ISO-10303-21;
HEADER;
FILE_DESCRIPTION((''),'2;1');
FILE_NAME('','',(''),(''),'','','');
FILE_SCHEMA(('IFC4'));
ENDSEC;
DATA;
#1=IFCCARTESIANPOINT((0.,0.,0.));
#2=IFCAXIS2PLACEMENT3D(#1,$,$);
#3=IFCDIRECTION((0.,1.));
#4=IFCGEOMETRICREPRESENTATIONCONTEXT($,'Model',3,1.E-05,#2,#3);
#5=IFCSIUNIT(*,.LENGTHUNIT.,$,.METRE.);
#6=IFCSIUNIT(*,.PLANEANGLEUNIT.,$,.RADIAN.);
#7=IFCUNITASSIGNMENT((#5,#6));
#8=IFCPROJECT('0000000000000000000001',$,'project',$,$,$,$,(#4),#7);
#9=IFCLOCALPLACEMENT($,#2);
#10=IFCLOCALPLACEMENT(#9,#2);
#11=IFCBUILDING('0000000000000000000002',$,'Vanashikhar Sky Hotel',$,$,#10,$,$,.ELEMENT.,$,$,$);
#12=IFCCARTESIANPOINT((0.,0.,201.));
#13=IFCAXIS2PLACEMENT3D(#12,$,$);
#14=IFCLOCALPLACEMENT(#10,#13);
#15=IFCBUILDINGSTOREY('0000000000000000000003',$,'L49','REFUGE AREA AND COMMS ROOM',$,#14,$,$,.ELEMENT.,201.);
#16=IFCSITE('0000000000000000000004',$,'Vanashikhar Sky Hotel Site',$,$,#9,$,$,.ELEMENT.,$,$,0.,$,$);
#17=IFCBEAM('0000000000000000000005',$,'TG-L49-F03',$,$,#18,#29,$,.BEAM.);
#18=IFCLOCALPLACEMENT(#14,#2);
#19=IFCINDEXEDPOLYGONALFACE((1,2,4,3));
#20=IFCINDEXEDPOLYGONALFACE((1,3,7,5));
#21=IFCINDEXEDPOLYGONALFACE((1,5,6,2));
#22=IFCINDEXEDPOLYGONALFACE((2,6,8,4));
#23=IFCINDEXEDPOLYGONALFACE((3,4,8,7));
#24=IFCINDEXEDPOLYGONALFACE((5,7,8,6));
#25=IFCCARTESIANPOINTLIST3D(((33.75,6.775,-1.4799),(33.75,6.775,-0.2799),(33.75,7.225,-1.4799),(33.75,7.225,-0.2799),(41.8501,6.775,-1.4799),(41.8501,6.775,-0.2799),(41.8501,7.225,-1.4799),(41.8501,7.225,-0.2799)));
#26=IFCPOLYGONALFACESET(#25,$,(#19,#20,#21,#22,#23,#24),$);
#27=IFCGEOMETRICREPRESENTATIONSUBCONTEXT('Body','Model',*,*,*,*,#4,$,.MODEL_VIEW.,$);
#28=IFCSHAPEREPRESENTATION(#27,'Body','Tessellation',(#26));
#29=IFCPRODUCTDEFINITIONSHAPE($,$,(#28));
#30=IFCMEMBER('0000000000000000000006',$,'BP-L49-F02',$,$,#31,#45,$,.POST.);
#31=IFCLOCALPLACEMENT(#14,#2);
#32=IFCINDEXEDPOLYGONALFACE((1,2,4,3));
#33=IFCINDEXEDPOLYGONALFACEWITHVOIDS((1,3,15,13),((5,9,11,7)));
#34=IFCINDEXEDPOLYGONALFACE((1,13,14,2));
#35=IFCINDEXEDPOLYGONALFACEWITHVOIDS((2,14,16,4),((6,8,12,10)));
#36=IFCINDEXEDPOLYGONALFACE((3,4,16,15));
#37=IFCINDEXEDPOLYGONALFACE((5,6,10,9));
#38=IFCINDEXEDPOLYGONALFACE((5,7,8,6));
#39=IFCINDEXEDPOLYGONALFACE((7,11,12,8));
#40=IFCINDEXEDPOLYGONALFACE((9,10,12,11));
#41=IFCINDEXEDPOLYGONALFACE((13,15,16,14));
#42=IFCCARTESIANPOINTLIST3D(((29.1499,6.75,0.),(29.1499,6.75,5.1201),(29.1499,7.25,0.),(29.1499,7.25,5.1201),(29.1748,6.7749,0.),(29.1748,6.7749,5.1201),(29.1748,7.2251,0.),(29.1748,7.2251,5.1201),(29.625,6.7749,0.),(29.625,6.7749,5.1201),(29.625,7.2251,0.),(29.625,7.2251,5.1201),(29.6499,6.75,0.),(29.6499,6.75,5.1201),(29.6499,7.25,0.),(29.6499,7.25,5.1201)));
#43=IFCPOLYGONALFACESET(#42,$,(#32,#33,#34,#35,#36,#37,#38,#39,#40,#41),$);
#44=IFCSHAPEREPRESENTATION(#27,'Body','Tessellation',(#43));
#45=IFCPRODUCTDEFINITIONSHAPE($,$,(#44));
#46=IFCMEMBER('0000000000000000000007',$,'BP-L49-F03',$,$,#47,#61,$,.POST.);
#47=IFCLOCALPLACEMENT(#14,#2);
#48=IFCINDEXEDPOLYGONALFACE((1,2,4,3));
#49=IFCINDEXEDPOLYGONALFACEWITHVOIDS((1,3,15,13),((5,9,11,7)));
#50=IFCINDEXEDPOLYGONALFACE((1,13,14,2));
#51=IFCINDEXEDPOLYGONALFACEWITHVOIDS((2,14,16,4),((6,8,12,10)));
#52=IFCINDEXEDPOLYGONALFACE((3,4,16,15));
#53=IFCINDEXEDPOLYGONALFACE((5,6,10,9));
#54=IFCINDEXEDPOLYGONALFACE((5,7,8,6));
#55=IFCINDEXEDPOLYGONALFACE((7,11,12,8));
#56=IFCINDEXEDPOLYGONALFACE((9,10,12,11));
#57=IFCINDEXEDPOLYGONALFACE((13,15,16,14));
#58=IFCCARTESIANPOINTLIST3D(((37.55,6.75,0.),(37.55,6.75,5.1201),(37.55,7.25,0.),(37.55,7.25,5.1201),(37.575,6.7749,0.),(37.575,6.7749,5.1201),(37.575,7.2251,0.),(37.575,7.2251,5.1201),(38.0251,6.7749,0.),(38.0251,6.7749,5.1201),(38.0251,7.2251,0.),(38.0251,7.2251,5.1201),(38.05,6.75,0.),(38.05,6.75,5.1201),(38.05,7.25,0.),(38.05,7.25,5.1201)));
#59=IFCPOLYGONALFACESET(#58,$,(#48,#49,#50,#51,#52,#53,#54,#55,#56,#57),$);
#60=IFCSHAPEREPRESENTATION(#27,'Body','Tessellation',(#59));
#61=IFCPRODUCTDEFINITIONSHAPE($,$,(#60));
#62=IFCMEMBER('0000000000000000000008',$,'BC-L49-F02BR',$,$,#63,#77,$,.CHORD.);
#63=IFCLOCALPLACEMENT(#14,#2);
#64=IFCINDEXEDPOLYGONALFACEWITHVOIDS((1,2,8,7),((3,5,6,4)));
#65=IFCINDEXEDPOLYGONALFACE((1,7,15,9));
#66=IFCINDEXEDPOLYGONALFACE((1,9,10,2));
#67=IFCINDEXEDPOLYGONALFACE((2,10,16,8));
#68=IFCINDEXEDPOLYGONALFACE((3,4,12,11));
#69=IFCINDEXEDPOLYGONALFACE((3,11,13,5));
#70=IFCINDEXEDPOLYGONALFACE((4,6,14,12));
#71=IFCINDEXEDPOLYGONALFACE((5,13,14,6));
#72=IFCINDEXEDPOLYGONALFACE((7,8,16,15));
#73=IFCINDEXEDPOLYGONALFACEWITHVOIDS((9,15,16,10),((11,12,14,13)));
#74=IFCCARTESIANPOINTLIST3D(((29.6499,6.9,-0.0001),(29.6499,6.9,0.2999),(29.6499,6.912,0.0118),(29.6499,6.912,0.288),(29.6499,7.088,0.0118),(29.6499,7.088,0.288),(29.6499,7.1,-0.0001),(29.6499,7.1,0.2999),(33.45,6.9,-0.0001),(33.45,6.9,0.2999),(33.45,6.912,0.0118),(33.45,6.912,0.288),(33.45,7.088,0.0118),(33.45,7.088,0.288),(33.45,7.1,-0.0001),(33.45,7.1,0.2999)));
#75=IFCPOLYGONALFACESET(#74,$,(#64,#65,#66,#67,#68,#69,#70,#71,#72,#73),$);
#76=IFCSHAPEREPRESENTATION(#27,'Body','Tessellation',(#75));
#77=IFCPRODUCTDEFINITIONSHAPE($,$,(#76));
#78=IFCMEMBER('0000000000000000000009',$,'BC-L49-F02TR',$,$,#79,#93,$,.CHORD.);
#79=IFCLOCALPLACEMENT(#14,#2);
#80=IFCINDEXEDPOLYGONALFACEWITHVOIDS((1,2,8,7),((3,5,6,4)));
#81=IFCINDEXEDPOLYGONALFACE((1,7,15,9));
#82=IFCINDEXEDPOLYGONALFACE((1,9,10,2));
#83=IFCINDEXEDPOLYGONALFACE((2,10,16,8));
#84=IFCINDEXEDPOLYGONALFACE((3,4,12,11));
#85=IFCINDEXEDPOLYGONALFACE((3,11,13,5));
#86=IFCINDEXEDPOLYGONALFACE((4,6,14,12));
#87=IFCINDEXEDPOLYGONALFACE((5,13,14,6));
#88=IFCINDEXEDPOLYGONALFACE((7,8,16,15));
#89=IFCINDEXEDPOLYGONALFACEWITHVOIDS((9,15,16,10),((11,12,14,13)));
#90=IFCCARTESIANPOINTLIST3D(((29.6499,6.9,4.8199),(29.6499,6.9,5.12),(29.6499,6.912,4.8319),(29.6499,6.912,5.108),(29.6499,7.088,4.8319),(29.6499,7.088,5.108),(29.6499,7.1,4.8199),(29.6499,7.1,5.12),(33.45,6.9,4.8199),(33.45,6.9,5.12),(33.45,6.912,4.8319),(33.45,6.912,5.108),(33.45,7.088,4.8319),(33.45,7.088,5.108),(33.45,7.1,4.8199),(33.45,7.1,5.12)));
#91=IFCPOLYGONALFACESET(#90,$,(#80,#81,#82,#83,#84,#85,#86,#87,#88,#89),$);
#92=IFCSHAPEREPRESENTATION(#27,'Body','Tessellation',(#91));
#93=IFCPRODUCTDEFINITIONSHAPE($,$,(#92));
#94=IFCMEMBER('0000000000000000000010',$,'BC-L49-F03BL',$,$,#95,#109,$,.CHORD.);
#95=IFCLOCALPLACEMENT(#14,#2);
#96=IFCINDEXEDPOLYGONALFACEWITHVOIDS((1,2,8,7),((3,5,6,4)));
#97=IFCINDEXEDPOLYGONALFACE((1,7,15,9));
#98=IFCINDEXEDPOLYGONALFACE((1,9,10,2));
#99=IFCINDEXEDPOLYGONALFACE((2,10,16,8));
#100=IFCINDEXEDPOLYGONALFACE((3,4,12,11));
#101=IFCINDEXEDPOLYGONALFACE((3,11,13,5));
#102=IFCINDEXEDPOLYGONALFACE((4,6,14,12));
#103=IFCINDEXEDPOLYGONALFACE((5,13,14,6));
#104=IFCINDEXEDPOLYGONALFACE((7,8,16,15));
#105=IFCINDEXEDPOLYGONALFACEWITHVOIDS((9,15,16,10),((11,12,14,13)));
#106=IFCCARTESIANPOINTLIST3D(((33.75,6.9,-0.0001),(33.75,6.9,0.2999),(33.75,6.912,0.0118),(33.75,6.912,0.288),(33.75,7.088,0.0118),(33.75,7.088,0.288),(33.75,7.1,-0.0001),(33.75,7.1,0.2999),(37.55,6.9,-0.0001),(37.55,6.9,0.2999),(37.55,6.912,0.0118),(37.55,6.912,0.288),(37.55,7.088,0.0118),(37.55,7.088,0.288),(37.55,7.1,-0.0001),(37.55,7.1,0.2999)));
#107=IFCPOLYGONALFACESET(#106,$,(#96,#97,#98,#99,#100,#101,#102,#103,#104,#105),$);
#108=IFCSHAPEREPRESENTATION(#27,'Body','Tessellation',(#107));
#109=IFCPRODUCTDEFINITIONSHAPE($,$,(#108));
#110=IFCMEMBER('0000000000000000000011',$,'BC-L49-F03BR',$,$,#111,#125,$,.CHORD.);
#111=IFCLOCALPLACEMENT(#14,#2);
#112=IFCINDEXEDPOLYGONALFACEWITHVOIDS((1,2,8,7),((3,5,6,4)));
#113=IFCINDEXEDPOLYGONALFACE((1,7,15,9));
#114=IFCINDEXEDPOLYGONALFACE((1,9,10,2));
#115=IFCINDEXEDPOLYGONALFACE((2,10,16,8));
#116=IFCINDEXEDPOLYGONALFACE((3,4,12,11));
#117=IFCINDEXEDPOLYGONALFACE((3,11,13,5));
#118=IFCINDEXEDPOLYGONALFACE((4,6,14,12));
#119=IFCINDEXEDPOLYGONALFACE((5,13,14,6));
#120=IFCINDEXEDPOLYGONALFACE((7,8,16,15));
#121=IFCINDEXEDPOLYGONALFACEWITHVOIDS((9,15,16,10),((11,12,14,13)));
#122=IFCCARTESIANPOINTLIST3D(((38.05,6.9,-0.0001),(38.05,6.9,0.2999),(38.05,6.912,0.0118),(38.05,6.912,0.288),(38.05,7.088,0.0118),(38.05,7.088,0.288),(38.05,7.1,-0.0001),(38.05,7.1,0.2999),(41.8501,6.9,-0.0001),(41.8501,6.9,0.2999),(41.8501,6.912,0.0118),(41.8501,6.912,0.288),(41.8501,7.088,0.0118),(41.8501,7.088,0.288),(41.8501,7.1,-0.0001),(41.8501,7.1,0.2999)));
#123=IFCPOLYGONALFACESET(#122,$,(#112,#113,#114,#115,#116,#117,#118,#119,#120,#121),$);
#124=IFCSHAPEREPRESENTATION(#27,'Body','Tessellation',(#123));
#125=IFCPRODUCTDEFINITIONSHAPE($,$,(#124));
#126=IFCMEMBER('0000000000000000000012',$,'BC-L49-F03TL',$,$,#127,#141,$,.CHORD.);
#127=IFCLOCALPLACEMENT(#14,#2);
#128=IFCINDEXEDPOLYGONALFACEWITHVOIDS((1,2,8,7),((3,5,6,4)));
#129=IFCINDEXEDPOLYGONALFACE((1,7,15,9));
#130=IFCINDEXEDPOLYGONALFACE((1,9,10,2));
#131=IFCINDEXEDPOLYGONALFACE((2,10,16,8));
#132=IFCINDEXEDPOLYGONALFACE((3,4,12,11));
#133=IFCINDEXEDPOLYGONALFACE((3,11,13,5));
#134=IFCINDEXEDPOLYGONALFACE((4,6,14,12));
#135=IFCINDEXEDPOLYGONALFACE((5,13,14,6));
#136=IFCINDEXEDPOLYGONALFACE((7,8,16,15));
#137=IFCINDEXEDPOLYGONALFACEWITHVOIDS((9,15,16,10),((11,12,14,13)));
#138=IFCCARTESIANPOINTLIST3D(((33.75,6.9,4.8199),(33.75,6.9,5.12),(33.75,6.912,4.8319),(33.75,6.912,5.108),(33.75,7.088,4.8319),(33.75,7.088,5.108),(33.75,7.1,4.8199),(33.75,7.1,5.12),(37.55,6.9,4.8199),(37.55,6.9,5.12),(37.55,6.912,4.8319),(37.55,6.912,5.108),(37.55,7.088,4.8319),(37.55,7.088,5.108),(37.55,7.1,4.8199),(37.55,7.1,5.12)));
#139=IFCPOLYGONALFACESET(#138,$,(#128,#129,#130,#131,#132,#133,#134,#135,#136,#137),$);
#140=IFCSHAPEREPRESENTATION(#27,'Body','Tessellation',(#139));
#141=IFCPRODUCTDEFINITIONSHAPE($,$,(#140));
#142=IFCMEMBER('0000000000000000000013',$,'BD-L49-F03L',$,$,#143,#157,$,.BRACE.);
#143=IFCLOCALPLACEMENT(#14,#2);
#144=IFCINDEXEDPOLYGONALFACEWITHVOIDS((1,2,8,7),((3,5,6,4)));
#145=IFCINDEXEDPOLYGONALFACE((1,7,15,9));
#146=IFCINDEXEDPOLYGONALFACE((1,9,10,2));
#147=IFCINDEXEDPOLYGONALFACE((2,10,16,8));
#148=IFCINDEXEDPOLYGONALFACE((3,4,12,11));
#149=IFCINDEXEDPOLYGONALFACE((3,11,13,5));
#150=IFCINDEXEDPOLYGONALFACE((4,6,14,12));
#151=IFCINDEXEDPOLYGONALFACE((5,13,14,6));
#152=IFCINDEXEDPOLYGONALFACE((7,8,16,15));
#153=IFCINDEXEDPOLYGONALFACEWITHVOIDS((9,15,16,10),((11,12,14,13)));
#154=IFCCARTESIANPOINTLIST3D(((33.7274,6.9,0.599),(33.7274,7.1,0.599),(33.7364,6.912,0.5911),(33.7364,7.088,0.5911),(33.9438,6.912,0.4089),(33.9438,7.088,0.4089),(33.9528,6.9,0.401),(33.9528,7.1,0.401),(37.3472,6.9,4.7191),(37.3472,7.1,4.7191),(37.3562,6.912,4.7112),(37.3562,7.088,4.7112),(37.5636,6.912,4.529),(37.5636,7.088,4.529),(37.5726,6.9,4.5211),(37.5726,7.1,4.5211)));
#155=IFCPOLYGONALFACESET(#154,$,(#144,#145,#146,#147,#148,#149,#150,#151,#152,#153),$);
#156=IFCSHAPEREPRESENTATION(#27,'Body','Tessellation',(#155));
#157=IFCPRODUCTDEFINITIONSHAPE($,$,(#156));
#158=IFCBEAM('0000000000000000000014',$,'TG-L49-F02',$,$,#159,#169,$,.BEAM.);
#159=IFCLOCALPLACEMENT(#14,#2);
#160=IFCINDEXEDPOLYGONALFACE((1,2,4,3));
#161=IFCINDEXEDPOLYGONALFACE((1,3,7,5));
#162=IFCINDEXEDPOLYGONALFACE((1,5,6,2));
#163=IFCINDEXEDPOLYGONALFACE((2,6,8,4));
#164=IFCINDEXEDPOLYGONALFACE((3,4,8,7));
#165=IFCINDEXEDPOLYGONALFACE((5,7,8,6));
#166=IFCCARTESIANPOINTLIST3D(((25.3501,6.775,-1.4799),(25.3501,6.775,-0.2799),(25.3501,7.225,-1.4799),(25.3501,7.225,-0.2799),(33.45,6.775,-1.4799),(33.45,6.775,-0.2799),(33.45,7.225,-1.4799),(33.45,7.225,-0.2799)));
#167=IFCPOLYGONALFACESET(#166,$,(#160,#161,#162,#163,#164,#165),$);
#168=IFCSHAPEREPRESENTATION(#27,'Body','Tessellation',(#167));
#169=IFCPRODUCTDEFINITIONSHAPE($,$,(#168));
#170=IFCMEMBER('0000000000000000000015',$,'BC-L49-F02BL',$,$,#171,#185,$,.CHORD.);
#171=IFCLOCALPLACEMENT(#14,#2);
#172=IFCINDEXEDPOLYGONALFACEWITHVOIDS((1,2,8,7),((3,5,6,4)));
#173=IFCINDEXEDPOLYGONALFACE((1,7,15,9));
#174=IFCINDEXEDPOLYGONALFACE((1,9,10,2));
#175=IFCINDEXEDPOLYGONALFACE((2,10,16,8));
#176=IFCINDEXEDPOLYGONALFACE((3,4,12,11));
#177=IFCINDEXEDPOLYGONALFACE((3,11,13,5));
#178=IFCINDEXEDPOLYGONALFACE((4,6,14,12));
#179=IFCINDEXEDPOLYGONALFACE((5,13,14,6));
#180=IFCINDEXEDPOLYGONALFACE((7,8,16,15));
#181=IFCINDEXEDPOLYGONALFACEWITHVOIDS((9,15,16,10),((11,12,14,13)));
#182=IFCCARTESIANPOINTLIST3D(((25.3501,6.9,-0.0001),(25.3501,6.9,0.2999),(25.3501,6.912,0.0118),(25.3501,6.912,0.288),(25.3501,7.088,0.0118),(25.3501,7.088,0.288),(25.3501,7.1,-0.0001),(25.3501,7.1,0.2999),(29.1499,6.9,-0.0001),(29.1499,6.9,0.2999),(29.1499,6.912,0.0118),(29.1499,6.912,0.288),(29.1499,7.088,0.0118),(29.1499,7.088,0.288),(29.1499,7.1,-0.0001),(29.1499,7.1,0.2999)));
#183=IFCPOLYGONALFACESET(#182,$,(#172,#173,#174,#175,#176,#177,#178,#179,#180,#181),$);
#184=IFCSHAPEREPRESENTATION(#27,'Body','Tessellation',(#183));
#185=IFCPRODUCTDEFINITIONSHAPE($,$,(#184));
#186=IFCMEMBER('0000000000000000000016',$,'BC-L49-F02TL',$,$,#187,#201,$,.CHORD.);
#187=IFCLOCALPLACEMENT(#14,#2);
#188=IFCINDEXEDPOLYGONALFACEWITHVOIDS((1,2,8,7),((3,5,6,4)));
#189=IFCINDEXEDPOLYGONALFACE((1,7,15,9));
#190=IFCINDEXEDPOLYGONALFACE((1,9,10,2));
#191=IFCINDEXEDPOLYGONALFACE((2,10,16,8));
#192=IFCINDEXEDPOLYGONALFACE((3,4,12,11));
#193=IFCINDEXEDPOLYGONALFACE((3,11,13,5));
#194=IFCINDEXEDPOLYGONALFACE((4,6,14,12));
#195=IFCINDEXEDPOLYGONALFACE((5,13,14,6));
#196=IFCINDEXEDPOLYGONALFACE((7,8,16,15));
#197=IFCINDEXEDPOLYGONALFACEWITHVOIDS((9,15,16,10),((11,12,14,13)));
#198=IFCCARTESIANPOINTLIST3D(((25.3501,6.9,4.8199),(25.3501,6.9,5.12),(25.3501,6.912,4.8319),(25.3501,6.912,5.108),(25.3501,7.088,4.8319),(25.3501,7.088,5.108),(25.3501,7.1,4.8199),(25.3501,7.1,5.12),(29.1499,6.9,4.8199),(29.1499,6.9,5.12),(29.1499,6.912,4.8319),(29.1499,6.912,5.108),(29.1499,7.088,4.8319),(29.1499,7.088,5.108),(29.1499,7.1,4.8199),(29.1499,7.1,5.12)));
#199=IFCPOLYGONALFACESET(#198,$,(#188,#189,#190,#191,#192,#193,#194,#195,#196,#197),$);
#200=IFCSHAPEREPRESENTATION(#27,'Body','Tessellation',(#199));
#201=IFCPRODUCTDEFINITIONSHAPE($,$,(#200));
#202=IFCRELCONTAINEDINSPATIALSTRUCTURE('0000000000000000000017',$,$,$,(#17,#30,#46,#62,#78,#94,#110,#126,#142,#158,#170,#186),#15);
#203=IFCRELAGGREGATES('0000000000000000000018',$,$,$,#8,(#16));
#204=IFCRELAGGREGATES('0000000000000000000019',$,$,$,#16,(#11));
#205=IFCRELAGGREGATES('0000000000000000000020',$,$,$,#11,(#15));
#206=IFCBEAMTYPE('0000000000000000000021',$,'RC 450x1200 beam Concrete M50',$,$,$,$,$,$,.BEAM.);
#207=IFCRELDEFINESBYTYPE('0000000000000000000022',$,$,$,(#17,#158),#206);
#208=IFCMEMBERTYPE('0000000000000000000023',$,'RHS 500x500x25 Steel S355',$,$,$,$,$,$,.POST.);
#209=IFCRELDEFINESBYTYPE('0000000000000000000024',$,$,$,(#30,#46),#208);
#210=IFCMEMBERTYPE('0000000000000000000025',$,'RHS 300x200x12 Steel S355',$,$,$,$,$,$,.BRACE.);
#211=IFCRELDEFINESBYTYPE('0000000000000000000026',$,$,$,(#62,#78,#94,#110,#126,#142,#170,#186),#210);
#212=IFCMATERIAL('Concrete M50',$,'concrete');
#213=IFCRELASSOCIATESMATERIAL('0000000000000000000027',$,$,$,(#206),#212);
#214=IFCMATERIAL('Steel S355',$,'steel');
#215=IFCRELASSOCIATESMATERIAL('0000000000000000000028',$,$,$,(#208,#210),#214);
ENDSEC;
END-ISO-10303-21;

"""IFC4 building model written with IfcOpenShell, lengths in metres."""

from ifc_helpers import new_model, si_unit, direction, frame, origin, origin_2d, place, context, subcontext, project, spatial, rectangle, hollow_rectangle, extrude, source, transform, mapped, material, material_profile, profile_set, type_object, element, save


model = new_model("IFC4")

# Units and contexts
model_context = context("Model", 3, precision=1e-05, world=origin(), true_north=direction((0.0, 1.0)))
body_context = subcontext(model_context, "Body", "Model", "MODEL_VIEW")
ifc_project = project(units=[si_unit("LENGTHUNIT", "METRE"), si_unit("PLANEANGLEUNIT", "RADIAN")], contexts=[model_context])

# Site, building, storey
site_placement = place(None, origin())
site = spatial("IfcSite", under=ifc_project, at=site_placement, Name="Vanashikhar Sky Hotel Site", CompositionType="ELEMENT", RefElevation=0.0)
building_placement = place(site_placement, origin())
building = spatial("IfcBuilding", under=site, at=building_placement, Name="Vanashikhar Sky Hotel", CompositionType="ELEMENT")
storey_placement = place(building_placement, frame((0.0, 0.0, 201.0)))
storey = spatial("IfcBuildingStorey", under=building, at=storey_placement, Name="L49", Description="REFUGE AREA AND COMMS ROOM", CompositionType="ELEMENT", Elevation=201.0)

# Beam
ifc_material_1 = material(Name="Concrete M50", Category="concrete")
ifc_material_profile_1 = material_profile(ifc_material_1, rectangle(XDim=0.45, YDim=1.2, at=origin_2d()))
ifc_profile_set_1 = profile_set([ifc_material_profile_1], Name="RC 450x1200 beam Concrete M50")
beam_type = type_object("IfcBeamType", Name="RC 450x1200 beam Concrete M50", PredefinedType="BEAM", material=ifc_profile_set_1)
shared_shape_1 = source(origin(), body_context, "Body", "SweptSolid", [
    extrude(rectangle(XDim=0.45, YDim=1.2, at=origin_2d()), origin(), (0.0, 0.0, 1.0), 8.1001),
])
beam_1_placement = place(storey_placement, frame((33.75, 7.0, -0.8799), z_axis=(1.0, 0.0, 0.0), x_axis=(0.0, 1.0, 0.0)))
element("IfcBeam", 1, at=beam_1_placement, inside=storey, type_object=beam_type, Name="TG-L49-F03", PredefinedType="BEAM", context=body_context, shape_type="MappedRepresentation", body=[
    mapped(shared_shape_1, transform((0.0, 0.0, 0.0), scale=1.0)),
])

# Members
ifc_material_2 = material(Name="Steel S355", Category="steel")
ifc_material_profile_2 = material_profile(ifc_material_2, hollow_rectangle(XDim=0.5, YDim=0.5, WallThickness=0.0249, at=origin_2d()))
ifc_profile_set_2 = profile_set([ifc_material_profile_2], Name="RHS 500x500x25 Steel S355")
member_type_1 = type_object("IfcMemberType", Name="RHS 500x500x25 Steel S355", PredefinedType="POST", material=ifc_profile_set_2)
shared_shape_2 = source(origin(), body_context, "Body", "SweptSolid", [
    extrude(hollow_rectangle(XDim=0.5, YDim=0.5, WallThickness=0.0249, at=origin_2d()), origin(), (0.0, 0.0, 1.0), 5.1201),
])
for number, where, z_axis, x_axis, name in (
    (2, (29.3999, 7.0, 0.0), (0.0, 0.0, 1.0), (1.0, 0.0, 0.0), "BP-L49-F02"),
    (3, (37.8, 7.0, 0.0), (0.0, 0.0, 1.0), (1.0, 0.0, 0.0), "BP-L49-F03"),
):
    element("IfcMember", number, at=place(storey_placement, frame(where, z_axis=z_axis, x_axis=x_axis)), inside=storey, type_object=member_type_1, Name=name, PredefinedType="POST", context=body_context, shape_type="MappedRepresentation", body=[
        mapped(shared_shape_2, transform((0.0, 0.0, 0.0), scale=1.0)),
    ])
ifc_material_profile_3 = material_profile(ifc_material_2, hollow_rectangle(XDim=0.2, YDim=0.3, WallThickness=0.012, at=origin_2d()))
ifc_profile_set_3 = profile_set([ifc_material_profile_3], Name="RHS 300x200x12 Steel S355")
member_type_2 = type_object("IfcMemberType", Name="RHS 300x200x12 Steel S355", PredefinedType="BRACE", material=ifc_profile_set_3)
shared_shape_3 = source(origin(), body_context, "Body", "SweptSolid", [
    extrude(hollow_rectangle(XDim=0.2, YDim=0.3, WallThickness=0.012, at=origin_2d()), origin(), (0.0, 0.0, 1.0), 3.8),
])
for number, where, z_axis, x_axis, name in (
    (4, (29.6499, 7.0, 0.1499), (1.0, 0.0, 0.0), (0.0, 1.0, 0.0), "BC-L49-F02BR"),
    (5, (29.6499, 7.0, 4.97), (1.0, 0.0, 0.0), (0.0, 1.0, 0.0), "BC-L49-F02TR"),
    (6, (33.75, 7.0, 0.1499), (1.0, 0.0, 0.0), (0.0, 1.0, 0.0), "BC-L49-F03BL"),
    (7, (38.05, 7.0, 0.1499), (1.0, 0.0, 0.0), (0.0, 1.0, 0.0), "BC-L49-F03BR"),
    (8, (33.75, 7.0, 4.97), (1.0, 0.0, 0.0), (0.0, 1.0, 0.0), "BC-L49-F03TL"),
):
    element("IfcMember", number, at=place(storey_placement, frame(where, z_axis=z_axis, x_axis=x_axis)), inside=storey, type_object=member_type_2, Name=name, PredefinedType="CHORD", context=body_context, shape_type="MappedRepresentation", body=[
        mapped(shared_shape_3, transform((0.0, 0.0, 0.0), scale=1.0)),
    ])
shared_shape_4 = source(origin(), body_context, "Body", "SweptSolid", [
    extrude(hollow_rectangle(XDim=0.2, YDim=0.3, WallThickness=0.012, at=origin_2d()), origin(), (0.0, 0.0, 1.0), 5.4844),
])
member_placement = place(storey_placement, frame((33.8401, 7.0, 0.5), z_axis=(0.660029, 0.0, 0.75124), x_axis=(0.0, 1.0, 0.0)))
element("IfcMember", 9, at=member_placement, inside=storey, type_object=member_type_2, Name="BD-L49-F03L", PredefinedType="BRACE", context=body_context, shape_type="MappedRepresentation", body=[
    mapped(shared_shape_4, transform((0.0, 0.0, 0.0), scale=1.0)),
])

# Beam
shared_shape_5 = source(origin(), body_context, "Body", "SweptSolid", [
    extrude(rectangle(XDim=0.45, YDim=1.2, at=origin_2d()), origin(), (0.0, 0.0, 1.0), 8.0999),
])
beam_2_placement = place(storey_placement, frame((25.3501, 7.0, -0.8799), z_axis=(1.0, 0.0, 0.0), x_axis=(0.0, 1.0, 0.0)))
element("IfcBeam", 10, at=beam_2_placement, inside=storey, type_object=beam_type, Name="TG-L49-F02", PredefinedType="BEAM", context=body_context, shape_type="MappedRepresentation", body=[
    mapped(shared_shape_5, transform((0.0, 0.0, 0.0), scale=1.0)),
])

# Members
shared_shape_6 = source(origin(), body_context, "Body", "SweptSolid", [
    extrude(hollow_rectangle(XDim=0.2, YDim=0.3, WallThickness=0.012, at=origin_2d()), origin(), (0.0, 0.0, 1.0), 3.7998),
])
for number, where, z_axis, x_axis, name in (
    (11, (25.3501, 7.0, 0.1499), (1.0, 0.0, 0.0), (0.0, 1.0, 0.0), "BC-L49-F02BL"),
    (12, (25.3501, 7.0, 4.97), (1.0, 0.0, 0.0), (0.0, 1.0, 0.0), "BC-L49-F02TL"),
):
    element("IfcMember", number, at=place(storey_placement, frame(where, z_axis=z_axis, x_axis=x_axis)), inside=storey, type_object=member_type_2, Name=name, PredefinedType="CHORD", context=body_context, shape_type="MappedRepresentation", body=[
        mapped(shared_shape_6, transform((0.0, 0.0, 0.0), scale=1.0)),
    ])

save(model, "model.ifc")
